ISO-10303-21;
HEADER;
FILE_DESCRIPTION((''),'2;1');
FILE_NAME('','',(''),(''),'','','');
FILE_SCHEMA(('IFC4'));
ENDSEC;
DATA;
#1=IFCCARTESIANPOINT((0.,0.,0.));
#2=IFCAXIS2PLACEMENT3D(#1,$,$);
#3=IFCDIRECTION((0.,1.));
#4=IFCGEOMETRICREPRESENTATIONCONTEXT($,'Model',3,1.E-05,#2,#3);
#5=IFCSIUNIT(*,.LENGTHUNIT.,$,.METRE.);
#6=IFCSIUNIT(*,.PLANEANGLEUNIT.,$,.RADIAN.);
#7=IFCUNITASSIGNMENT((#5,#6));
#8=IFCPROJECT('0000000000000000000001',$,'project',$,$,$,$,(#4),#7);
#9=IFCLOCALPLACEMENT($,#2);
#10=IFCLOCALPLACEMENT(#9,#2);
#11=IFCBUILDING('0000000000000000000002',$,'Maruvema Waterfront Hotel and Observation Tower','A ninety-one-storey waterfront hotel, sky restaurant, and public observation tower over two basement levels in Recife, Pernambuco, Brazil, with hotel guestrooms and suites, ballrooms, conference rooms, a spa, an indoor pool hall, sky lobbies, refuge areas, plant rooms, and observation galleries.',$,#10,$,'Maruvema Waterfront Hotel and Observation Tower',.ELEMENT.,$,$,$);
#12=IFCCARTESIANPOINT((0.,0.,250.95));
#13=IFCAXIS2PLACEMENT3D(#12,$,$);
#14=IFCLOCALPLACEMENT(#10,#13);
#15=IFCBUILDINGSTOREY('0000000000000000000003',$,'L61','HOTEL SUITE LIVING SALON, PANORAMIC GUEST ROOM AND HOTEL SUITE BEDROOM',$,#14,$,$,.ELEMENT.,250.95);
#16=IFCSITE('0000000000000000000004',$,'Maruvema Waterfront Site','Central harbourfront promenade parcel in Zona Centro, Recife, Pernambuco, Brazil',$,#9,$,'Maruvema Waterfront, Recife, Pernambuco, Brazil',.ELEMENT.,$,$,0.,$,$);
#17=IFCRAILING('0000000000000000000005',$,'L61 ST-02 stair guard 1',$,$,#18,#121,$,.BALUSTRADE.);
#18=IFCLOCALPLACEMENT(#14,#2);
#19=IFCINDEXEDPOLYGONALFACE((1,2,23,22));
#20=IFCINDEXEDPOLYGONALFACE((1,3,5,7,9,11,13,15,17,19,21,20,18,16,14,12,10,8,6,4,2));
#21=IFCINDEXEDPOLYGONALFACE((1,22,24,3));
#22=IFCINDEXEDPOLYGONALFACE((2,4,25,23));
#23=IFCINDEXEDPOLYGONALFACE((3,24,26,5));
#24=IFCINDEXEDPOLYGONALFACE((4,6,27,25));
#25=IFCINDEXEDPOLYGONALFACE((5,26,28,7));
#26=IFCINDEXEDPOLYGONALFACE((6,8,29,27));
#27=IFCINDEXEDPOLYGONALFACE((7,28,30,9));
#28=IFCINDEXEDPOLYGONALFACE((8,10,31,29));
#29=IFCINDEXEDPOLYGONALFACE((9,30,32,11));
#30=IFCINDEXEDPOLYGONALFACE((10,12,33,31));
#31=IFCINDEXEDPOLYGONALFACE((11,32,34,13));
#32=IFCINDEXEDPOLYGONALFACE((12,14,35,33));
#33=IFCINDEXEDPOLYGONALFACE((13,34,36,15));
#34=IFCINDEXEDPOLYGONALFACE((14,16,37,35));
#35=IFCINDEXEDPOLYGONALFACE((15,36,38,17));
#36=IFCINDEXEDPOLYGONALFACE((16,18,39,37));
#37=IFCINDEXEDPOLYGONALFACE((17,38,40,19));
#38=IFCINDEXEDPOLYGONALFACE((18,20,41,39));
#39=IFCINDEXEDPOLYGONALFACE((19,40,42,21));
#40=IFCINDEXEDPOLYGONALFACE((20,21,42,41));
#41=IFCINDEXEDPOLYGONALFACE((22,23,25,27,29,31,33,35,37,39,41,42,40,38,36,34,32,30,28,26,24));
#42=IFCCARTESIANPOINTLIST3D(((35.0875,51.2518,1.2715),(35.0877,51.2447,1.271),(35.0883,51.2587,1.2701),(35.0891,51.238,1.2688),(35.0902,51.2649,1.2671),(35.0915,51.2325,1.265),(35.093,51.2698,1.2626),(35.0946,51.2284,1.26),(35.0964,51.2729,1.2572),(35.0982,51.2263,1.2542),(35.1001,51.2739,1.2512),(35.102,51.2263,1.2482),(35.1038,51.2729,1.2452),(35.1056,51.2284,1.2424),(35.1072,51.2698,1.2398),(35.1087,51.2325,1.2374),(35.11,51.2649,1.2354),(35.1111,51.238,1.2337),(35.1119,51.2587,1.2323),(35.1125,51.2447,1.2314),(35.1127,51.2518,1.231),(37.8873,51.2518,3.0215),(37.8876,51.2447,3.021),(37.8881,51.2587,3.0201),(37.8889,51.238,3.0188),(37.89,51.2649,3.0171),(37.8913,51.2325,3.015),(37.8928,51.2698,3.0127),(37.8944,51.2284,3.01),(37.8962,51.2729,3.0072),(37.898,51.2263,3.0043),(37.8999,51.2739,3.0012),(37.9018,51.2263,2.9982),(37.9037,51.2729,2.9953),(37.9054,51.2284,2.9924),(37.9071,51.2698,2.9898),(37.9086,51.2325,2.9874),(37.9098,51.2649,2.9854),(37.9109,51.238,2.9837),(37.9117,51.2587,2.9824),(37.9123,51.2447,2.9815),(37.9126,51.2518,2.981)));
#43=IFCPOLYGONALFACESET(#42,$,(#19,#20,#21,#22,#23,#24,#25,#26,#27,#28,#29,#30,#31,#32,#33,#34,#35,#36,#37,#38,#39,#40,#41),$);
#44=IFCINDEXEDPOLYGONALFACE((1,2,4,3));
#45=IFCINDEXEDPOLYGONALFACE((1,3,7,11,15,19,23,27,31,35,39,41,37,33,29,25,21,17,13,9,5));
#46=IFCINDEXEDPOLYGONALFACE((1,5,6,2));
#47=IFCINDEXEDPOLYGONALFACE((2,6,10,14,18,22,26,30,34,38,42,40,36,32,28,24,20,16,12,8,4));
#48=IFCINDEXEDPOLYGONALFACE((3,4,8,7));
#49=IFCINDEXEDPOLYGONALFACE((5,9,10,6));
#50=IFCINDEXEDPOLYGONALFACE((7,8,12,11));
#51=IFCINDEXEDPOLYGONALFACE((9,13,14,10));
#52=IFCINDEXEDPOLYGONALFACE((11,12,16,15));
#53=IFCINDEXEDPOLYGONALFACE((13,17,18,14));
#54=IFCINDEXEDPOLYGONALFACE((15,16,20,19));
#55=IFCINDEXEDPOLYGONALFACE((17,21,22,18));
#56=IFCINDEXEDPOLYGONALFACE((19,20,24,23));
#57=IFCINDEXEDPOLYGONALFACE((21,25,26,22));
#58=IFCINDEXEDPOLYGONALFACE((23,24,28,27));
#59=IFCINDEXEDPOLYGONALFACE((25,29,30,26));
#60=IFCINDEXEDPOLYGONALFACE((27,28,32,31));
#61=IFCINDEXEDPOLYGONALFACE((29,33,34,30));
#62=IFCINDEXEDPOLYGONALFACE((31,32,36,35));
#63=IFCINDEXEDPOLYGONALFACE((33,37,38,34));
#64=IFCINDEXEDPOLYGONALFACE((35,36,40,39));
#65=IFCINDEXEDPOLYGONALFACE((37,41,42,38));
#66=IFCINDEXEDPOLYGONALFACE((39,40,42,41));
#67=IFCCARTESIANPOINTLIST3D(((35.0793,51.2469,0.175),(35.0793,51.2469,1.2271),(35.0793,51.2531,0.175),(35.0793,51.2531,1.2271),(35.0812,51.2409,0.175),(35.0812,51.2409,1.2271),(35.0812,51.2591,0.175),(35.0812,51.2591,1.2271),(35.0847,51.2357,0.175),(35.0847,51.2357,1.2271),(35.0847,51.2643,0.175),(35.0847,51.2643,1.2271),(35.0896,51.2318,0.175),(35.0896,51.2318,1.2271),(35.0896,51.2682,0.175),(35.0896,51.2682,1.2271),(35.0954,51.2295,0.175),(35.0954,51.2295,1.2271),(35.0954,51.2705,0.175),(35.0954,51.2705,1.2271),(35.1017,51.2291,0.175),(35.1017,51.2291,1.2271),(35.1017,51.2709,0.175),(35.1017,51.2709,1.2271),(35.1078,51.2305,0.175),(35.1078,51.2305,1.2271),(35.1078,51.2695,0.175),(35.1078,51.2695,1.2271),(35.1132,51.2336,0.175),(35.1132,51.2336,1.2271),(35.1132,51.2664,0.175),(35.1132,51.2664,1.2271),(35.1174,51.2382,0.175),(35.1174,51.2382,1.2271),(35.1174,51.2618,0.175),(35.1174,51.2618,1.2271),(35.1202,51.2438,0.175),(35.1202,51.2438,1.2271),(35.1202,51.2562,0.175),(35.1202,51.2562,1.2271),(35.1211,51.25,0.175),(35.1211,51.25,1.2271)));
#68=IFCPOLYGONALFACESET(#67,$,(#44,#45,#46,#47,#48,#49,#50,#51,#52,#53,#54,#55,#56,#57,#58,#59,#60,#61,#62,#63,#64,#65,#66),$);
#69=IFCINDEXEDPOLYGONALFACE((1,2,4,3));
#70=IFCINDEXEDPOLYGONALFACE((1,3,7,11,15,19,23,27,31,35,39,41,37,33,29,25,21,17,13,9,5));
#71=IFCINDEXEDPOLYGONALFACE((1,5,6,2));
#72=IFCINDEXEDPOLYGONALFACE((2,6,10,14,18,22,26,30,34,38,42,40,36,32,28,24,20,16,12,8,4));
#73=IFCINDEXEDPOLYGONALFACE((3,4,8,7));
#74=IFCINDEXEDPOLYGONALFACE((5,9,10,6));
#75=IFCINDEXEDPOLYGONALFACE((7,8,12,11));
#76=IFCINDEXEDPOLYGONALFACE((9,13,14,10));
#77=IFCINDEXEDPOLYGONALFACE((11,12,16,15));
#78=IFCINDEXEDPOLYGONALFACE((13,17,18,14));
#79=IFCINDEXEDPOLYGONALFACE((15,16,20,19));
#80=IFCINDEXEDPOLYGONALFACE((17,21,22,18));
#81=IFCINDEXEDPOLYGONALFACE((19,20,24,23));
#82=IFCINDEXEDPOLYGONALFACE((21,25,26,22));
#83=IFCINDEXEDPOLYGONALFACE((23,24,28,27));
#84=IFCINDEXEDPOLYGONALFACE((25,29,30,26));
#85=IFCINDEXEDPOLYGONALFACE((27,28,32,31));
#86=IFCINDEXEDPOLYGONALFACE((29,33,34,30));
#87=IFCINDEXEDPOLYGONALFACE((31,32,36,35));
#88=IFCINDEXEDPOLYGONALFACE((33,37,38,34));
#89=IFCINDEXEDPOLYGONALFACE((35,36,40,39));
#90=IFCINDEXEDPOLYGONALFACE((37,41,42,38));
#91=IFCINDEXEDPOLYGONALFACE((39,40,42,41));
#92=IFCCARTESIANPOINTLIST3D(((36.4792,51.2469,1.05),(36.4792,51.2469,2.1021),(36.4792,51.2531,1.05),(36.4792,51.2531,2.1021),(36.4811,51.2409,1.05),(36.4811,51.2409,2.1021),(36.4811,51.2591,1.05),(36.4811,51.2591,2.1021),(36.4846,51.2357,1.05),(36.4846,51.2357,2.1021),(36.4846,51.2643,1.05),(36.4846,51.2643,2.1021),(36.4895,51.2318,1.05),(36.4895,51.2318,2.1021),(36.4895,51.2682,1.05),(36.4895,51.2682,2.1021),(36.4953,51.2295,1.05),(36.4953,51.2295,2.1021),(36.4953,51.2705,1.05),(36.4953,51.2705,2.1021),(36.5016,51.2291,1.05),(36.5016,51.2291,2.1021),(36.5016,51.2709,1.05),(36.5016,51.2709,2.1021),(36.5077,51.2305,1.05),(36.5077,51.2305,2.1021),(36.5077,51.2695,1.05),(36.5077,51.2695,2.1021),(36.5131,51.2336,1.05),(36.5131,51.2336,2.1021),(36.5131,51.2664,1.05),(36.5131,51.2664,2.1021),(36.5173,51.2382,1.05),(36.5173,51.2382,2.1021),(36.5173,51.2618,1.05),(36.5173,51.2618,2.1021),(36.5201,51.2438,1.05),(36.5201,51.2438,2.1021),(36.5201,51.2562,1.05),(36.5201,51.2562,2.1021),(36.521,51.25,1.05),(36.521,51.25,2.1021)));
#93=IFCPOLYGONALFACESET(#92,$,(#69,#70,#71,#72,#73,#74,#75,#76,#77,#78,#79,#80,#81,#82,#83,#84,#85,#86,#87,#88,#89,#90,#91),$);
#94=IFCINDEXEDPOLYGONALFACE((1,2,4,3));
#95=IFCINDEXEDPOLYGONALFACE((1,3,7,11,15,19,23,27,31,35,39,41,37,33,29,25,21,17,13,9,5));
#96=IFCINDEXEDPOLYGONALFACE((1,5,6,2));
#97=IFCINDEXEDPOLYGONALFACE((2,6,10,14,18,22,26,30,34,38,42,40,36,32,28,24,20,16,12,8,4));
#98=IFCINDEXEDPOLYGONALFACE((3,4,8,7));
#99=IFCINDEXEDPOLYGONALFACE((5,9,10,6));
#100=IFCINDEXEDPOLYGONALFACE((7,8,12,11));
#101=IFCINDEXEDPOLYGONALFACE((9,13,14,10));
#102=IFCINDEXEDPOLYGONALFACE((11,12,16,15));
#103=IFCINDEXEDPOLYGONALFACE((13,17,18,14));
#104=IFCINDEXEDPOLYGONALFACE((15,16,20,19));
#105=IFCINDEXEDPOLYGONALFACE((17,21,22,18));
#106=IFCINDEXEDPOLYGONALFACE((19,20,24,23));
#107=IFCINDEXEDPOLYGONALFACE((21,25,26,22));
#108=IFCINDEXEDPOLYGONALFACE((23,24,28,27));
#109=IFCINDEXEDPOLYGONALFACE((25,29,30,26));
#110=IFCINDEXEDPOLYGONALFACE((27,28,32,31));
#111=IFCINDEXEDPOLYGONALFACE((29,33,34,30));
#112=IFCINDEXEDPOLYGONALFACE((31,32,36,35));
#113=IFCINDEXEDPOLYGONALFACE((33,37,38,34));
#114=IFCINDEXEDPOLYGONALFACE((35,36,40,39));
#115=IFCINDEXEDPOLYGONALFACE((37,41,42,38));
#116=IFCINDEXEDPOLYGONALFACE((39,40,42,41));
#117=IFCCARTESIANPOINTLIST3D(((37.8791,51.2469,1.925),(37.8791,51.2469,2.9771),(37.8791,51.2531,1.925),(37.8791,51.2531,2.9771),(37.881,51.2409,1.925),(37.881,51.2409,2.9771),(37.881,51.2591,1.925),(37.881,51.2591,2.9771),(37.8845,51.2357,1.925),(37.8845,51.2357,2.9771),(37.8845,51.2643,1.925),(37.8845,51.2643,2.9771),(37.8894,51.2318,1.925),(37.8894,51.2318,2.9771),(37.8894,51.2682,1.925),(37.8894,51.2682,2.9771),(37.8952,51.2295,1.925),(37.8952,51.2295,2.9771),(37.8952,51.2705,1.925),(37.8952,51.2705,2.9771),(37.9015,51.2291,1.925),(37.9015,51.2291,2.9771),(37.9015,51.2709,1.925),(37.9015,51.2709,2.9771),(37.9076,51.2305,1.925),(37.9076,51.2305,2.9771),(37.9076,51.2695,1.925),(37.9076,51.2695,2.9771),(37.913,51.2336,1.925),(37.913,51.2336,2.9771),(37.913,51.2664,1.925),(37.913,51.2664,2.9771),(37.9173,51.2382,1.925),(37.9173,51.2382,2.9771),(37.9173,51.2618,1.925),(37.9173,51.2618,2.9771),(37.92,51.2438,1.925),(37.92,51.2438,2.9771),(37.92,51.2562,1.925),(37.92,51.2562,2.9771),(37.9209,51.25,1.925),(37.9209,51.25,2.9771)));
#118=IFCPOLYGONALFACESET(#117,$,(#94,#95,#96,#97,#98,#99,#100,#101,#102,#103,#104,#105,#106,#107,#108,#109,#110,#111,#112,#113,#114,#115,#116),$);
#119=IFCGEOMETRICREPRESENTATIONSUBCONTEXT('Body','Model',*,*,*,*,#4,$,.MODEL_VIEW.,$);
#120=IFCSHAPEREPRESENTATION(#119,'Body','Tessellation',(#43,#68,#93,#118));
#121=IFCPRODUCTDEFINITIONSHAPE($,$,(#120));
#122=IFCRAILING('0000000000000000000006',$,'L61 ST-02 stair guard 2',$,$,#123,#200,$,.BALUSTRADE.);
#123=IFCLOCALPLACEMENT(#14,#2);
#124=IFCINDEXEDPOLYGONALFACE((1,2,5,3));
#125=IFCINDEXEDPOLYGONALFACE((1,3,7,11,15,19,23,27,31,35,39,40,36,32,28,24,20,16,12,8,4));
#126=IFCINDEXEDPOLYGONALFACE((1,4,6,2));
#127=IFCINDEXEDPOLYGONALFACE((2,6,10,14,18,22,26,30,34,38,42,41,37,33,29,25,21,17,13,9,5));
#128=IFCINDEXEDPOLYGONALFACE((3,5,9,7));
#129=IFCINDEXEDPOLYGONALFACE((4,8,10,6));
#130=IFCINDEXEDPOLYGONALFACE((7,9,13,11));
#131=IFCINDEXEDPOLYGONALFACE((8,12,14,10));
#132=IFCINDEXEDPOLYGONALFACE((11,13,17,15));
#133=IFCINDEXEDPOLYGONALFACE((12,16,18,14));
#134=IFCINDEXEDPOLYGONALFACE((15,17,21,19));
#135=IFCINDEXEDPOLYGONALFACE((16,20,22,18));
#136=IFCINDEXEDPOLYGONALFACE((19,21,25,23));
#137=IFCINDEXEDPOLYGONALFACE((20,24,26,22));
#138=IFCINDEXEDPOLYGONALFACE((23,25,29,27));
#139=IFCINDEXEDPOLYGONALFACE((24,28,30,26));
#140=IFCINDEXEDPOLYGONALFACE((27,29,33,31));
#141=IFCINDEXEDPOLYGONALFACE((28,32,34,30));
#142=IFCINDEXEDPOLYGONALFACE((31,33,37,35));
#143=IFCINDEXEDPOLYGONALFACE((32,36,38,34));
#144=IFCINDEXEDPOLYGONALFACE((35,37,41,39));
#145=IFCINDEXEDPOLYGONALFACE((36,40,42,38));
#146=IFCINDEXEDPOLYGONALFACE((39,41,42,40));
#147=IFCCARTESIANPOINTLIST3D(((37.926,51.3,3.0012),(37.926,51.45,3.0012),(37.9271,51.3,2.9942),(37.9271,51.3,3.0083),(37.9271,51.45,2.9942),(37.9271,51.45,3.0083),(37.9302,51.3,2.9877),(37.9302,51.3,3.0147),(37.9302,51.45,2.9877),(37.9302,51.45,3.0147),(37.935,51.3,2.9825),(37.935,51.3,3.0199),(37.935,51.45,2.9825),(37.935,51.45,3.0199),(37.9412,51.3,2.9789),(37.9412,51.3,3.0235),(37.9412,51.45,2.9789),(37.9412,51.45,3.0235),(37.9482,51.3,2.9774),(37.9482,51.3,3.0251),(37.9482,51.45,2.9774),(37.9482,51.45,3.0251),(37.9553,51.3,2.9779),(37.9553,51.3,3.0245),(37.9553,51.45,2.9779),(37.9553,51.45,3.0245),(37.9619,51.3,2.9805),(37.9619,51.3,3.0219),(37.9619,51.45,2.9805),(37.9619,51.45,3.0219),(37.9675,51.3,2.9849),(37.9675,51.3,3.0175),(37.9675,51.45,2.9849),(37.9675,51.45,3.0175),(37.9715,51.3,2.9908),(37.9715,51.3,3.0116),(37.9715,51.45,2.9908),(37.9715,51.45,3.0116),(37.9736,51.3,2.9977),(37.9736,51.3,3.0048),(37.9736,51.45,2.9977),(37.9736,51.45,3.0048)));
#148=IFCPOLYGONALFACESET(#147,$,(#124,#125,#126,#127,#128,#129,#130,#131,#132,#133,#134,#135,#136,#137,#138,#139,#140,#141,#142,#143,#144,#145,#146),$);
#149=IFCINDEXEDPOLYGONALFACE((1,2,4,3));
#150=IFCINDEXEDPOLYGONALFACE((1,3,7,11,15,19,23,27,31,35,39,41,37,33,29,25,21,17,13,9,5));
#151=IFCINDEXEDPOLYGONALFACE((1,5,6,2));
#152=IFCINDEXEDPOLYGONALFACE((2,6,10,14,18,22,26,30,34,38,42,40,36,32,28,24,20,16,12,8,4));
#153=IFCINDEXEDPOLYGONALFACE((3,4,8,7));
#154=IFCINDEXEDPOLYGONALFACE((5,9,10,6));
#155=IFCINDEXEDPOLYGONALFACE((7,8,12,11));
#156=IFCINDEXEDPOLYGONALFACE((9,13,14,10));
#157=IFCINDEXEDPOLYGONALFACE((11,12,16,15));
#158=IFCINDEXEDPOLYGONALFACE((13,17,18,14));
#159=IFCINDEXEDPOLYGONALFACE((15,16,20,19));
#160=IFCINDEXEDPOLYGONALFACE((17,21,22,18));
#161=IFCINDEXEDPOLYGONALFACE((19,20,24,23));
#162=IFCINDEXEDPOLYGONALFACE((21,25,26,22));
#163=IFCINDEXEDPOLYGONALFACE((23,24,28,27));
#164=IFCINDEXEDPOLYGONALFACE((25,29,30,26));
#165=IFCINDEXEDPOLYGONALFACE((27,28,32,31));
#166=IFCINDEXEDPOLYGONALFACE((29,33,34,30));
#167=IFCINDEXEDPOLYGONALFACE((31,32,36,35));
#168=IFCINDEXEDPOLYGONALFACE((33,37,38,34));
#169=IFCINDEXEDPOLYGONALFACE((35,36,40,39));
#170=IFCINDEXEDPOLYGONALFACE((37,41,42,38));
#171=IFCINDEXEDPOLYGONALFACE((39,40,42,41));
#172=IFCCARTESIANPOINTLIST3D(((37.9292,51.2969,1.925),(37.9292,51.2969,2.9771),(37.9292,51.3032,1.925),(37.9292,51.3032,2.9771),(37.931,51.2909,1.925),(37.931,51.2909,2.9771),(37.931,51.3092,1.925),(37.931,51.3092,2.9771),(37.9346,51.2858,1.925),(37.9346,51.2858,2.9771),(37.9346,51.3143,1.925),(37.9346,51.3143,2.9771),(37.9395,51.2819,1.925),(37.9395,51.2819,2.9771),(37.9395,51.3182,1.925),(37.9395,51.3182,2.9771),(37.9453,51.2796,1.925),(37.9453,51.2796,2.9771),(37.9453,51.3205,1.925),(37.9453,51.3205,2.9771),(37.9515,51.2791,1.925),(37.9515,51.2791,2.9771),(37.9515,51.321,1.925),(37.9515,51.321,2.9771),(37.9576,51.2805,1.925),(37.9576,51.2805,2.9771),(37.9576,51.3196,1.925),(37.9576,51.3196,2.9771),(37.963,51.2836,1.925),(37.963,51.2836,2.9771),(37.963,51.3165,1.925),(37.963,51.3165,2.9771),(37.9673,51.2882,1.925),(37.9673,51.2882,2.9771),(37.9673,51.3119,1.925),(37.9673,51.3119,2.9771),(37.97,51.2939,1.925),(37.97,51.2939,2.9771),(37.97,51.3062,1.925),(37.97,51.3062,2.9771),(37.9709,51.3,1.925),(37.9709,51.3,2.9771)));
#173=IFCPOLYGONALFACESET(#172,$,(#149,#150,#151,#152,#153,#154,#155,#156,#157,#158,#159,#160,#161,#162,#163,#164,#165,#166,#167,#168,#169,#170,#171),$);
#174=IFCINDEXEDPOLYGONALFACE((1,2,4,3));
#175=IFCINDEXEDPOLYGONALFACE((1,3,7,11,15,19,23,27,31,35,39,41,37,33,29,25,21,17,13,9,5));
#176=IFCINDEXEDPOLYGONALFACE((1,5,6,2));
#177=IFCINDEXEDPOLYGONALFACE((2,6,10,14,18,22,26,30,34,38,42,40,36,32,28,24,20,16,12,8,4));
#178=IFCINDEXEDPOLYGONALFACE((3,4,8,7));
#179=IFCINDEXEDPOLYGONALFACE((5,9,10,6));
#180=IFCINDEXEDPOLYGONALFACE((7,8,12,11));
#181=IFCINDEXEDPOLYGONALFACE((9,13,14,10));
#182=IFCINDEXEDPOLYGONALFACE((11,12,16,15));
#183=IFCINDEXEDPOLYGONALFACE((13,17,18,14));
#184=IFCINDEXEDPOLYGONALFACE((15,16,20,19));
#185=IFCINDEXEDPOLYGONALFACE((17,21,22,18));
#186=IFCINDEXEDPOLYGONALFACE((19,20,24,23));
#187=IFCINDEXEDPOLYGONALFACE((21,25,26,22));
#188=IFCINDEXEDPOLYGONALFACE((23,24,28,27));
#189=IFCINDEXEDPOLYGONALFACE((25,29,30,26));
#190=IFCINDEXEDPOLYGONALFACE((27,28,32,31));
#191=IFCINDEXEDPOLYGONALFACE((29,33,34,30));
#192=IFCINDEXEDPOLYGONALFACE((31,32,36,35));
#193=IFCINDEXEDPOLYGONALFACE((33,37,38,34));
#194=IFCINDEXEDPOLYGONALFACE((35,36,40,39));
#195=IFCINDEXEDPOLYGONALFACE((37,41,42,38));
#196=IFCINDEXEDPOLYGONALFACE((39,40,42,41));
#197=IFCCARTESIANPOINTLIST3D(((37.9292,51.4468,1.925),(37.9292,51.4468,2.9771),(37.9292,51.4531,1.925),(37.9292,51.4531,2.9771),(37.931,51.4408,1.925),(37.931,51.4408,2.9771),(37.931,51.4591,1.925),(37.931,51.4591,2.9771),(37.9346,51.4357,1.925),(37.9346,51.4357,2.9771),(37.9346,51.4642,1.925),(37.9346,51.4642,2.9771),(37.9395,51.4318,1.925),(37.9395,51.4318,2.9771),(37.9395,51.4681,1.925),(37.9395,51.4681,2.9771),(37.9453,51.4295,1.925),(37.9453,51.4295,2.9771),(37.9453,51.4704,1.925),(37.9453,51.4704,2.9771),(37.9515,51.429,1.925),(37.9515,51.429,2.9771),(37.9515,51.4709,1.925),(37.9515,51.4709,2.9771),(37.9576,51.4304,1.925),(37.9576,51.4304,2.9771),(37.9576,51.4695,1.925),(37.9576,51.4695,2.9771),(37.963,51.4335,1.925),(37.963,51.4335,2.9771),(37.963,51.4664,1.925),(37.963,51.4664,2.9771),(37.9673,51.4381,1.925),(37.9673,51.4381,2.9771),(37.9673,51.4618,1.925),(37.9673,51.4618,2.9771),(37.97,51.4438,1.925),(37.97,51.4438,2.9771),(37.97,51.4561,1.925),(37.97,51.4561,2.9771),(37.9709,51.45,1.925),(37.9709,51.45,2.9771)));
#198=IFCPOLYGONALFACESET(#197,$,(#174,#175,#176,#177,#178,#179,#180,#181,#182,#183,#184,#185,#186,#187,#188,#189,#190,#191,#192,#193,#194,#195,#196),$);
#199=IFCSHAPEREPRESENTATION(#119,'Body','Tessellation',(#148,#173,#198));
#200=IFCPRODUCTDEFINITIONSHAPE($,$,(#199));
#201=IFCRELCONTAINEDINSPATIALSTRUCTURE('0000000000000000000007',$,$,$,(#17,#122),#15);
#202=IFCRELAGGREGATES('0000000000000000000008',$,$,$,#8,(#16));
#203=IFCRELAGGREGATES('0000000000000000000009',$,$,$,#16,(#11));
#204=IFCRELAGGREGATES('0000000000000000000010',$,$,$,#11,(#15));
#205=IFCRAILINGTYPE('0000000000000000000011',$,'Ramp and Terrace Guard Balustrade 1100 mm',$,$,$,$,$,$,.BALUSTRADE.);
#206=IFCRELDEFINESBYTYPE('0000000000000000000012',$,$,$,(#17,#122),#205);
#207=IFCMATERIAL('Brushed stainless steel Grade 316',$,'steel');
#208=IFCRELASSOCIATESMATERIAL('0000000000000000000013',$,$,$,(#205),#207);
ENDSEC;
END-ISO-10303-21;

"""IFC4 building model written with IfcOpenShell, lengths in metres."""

from ifc_helpers import new_model, si_unit, direction, frame, origin, origin_2d, place, context, subcontext, project, spatial, circle, extrude, material, type_object, element, save


model = new_model("IFC4")

# Units and contexts
model_context = context("Model", 3, precision=1e-05, world=origin(), true_north=direction((0.0, 1.0)))
body_context = subcontext(model_context, "Body", "Model", "MODEL_VIEW")
ifc_project = project(units=[si_unit("LENGTHUNIT", "METRE"), si_unit("PLANEANGLEUNIT", "RADIAN")], contexts=[model_context])

# Site, building, storey
site_placement = place(None, origin())
site = spatial("IfcSite", under=ifc_project, at=site_placement, Name="Maruvema Waterfront Site", Description="Central harbourfront promenade parcel in Zona Centro, Recife, Pernambuco, Brazil", LongName="Maruvema Waterfront, Recife, Pernambuco, Brazil", CompositionType="ELEMENT", RefElevation=0.0)
building_placement = place(site_placement, origin())
building = spatial("IfcBuilding", under=site, at=building_placement, Name="Maruvema Waterfront Hotel and Observation Tower", Description="A ninety-one-storey waterfront hotel, sky restaurant, and public observation tower over two basement levels in Recife, Pernambuco, Brazil, with hotel guestrooms and suites, ballrooms, conference rooms, a spa, an indoor pool hall, sky lobbies, refuge areas, plant rooms, and observation galleries.", LongName="Maruvema Waterfront Hotel and Observation Tower", CompositionType="ELEMENT")
storey_placement = place(building_placement, frame((0.0, 0.0, 250.95)))
storey = spatial("IfcBuildingStorey", under=building, at=storey_placement, Name="L61", Description="HOTEL SUITE LIVING SALON, PANORAMIC GUEST ROOM AND HOTEL SUITE BEDROOM", CompositionType="ELEMENT", Elevation=250.95)

# Railings
ifc_material_1 = material(Name="Brushed stainless steel Grade 316", Category="steel")
railing_type_1 = type_object("IfcRailingType", Name="Ramp and Terrace Guard Balustrade 1100 mm", PredefinedType="BALUSTRADE", material=ifc_material_1)
railing_1_placement = place(storey_placement, frame((35.1001, 51.25, 0.175)))
element("IfcRailing", 1, at=railing_1_placement, inside=storey, type_object=railing_type_1, Name="L61 ST-02 stair guard 1", PredefinedType="BALUSTRADE", context=body_context, shape_type="SweptSolid", body=[
    extrude(circle(Radius=0.0239, at=origin_2d()), frame((0.0, 0.0, 1.0762), z_axis=(0.847982, 0.0, 0.530026), x_axis=(0.0, 1.0, 0.0)), (0.0, 0.0, 1.0), 3.3018),
    extrude(circle(Radius=0.021, at=origin_2d()), origin(), (0.0, 0.0, 1.0), 1.052),
    extrude(circle(Radius=0.021, at=origin_2d()), frame((1.3999, 0.0, 0.875)), (0.0, 0.0, 1.0), 1.052),
    extrude(circle(Radius=0.021, at=origin_2d()), frame((2.7998, 0.0, 1.75)), (0.0, 0.0, 1.0), 1.052),
])
railing_2_placement = place(storey_placement, frame((37.95, 51.3, 1.925)))
element("IfcRailing", 2, at=railing_2_placement, inside=storey, type_object=railing_type_1, Name="L61 ST-02 stair guard 2", PredefinedType="BALUSTRADE", context=body_context, shape_type="SweptSolid", body=[
    extrude(circle(Radius=0.0239, at=origin_2d()), frame((0.0, 0.0, 1.0762), z_axis=(0.0, 1.0, 0.0), x_axis=(-1.0, 0.0, 0.0)), (0.0, 0.0, 1.0), 0.1499),
    extrude(circle(Radius=0.021, at=origin_2d()), origin(), (0.0, 0.0, 1.0), 1.052),
    extrude(circle(Radius=0.021, at=origin_2d()), frame((0.0, 0.1499, 0.0)), (0.0, 0.0, 1.0), 1.052),
])

save(model, "model.ifc")
